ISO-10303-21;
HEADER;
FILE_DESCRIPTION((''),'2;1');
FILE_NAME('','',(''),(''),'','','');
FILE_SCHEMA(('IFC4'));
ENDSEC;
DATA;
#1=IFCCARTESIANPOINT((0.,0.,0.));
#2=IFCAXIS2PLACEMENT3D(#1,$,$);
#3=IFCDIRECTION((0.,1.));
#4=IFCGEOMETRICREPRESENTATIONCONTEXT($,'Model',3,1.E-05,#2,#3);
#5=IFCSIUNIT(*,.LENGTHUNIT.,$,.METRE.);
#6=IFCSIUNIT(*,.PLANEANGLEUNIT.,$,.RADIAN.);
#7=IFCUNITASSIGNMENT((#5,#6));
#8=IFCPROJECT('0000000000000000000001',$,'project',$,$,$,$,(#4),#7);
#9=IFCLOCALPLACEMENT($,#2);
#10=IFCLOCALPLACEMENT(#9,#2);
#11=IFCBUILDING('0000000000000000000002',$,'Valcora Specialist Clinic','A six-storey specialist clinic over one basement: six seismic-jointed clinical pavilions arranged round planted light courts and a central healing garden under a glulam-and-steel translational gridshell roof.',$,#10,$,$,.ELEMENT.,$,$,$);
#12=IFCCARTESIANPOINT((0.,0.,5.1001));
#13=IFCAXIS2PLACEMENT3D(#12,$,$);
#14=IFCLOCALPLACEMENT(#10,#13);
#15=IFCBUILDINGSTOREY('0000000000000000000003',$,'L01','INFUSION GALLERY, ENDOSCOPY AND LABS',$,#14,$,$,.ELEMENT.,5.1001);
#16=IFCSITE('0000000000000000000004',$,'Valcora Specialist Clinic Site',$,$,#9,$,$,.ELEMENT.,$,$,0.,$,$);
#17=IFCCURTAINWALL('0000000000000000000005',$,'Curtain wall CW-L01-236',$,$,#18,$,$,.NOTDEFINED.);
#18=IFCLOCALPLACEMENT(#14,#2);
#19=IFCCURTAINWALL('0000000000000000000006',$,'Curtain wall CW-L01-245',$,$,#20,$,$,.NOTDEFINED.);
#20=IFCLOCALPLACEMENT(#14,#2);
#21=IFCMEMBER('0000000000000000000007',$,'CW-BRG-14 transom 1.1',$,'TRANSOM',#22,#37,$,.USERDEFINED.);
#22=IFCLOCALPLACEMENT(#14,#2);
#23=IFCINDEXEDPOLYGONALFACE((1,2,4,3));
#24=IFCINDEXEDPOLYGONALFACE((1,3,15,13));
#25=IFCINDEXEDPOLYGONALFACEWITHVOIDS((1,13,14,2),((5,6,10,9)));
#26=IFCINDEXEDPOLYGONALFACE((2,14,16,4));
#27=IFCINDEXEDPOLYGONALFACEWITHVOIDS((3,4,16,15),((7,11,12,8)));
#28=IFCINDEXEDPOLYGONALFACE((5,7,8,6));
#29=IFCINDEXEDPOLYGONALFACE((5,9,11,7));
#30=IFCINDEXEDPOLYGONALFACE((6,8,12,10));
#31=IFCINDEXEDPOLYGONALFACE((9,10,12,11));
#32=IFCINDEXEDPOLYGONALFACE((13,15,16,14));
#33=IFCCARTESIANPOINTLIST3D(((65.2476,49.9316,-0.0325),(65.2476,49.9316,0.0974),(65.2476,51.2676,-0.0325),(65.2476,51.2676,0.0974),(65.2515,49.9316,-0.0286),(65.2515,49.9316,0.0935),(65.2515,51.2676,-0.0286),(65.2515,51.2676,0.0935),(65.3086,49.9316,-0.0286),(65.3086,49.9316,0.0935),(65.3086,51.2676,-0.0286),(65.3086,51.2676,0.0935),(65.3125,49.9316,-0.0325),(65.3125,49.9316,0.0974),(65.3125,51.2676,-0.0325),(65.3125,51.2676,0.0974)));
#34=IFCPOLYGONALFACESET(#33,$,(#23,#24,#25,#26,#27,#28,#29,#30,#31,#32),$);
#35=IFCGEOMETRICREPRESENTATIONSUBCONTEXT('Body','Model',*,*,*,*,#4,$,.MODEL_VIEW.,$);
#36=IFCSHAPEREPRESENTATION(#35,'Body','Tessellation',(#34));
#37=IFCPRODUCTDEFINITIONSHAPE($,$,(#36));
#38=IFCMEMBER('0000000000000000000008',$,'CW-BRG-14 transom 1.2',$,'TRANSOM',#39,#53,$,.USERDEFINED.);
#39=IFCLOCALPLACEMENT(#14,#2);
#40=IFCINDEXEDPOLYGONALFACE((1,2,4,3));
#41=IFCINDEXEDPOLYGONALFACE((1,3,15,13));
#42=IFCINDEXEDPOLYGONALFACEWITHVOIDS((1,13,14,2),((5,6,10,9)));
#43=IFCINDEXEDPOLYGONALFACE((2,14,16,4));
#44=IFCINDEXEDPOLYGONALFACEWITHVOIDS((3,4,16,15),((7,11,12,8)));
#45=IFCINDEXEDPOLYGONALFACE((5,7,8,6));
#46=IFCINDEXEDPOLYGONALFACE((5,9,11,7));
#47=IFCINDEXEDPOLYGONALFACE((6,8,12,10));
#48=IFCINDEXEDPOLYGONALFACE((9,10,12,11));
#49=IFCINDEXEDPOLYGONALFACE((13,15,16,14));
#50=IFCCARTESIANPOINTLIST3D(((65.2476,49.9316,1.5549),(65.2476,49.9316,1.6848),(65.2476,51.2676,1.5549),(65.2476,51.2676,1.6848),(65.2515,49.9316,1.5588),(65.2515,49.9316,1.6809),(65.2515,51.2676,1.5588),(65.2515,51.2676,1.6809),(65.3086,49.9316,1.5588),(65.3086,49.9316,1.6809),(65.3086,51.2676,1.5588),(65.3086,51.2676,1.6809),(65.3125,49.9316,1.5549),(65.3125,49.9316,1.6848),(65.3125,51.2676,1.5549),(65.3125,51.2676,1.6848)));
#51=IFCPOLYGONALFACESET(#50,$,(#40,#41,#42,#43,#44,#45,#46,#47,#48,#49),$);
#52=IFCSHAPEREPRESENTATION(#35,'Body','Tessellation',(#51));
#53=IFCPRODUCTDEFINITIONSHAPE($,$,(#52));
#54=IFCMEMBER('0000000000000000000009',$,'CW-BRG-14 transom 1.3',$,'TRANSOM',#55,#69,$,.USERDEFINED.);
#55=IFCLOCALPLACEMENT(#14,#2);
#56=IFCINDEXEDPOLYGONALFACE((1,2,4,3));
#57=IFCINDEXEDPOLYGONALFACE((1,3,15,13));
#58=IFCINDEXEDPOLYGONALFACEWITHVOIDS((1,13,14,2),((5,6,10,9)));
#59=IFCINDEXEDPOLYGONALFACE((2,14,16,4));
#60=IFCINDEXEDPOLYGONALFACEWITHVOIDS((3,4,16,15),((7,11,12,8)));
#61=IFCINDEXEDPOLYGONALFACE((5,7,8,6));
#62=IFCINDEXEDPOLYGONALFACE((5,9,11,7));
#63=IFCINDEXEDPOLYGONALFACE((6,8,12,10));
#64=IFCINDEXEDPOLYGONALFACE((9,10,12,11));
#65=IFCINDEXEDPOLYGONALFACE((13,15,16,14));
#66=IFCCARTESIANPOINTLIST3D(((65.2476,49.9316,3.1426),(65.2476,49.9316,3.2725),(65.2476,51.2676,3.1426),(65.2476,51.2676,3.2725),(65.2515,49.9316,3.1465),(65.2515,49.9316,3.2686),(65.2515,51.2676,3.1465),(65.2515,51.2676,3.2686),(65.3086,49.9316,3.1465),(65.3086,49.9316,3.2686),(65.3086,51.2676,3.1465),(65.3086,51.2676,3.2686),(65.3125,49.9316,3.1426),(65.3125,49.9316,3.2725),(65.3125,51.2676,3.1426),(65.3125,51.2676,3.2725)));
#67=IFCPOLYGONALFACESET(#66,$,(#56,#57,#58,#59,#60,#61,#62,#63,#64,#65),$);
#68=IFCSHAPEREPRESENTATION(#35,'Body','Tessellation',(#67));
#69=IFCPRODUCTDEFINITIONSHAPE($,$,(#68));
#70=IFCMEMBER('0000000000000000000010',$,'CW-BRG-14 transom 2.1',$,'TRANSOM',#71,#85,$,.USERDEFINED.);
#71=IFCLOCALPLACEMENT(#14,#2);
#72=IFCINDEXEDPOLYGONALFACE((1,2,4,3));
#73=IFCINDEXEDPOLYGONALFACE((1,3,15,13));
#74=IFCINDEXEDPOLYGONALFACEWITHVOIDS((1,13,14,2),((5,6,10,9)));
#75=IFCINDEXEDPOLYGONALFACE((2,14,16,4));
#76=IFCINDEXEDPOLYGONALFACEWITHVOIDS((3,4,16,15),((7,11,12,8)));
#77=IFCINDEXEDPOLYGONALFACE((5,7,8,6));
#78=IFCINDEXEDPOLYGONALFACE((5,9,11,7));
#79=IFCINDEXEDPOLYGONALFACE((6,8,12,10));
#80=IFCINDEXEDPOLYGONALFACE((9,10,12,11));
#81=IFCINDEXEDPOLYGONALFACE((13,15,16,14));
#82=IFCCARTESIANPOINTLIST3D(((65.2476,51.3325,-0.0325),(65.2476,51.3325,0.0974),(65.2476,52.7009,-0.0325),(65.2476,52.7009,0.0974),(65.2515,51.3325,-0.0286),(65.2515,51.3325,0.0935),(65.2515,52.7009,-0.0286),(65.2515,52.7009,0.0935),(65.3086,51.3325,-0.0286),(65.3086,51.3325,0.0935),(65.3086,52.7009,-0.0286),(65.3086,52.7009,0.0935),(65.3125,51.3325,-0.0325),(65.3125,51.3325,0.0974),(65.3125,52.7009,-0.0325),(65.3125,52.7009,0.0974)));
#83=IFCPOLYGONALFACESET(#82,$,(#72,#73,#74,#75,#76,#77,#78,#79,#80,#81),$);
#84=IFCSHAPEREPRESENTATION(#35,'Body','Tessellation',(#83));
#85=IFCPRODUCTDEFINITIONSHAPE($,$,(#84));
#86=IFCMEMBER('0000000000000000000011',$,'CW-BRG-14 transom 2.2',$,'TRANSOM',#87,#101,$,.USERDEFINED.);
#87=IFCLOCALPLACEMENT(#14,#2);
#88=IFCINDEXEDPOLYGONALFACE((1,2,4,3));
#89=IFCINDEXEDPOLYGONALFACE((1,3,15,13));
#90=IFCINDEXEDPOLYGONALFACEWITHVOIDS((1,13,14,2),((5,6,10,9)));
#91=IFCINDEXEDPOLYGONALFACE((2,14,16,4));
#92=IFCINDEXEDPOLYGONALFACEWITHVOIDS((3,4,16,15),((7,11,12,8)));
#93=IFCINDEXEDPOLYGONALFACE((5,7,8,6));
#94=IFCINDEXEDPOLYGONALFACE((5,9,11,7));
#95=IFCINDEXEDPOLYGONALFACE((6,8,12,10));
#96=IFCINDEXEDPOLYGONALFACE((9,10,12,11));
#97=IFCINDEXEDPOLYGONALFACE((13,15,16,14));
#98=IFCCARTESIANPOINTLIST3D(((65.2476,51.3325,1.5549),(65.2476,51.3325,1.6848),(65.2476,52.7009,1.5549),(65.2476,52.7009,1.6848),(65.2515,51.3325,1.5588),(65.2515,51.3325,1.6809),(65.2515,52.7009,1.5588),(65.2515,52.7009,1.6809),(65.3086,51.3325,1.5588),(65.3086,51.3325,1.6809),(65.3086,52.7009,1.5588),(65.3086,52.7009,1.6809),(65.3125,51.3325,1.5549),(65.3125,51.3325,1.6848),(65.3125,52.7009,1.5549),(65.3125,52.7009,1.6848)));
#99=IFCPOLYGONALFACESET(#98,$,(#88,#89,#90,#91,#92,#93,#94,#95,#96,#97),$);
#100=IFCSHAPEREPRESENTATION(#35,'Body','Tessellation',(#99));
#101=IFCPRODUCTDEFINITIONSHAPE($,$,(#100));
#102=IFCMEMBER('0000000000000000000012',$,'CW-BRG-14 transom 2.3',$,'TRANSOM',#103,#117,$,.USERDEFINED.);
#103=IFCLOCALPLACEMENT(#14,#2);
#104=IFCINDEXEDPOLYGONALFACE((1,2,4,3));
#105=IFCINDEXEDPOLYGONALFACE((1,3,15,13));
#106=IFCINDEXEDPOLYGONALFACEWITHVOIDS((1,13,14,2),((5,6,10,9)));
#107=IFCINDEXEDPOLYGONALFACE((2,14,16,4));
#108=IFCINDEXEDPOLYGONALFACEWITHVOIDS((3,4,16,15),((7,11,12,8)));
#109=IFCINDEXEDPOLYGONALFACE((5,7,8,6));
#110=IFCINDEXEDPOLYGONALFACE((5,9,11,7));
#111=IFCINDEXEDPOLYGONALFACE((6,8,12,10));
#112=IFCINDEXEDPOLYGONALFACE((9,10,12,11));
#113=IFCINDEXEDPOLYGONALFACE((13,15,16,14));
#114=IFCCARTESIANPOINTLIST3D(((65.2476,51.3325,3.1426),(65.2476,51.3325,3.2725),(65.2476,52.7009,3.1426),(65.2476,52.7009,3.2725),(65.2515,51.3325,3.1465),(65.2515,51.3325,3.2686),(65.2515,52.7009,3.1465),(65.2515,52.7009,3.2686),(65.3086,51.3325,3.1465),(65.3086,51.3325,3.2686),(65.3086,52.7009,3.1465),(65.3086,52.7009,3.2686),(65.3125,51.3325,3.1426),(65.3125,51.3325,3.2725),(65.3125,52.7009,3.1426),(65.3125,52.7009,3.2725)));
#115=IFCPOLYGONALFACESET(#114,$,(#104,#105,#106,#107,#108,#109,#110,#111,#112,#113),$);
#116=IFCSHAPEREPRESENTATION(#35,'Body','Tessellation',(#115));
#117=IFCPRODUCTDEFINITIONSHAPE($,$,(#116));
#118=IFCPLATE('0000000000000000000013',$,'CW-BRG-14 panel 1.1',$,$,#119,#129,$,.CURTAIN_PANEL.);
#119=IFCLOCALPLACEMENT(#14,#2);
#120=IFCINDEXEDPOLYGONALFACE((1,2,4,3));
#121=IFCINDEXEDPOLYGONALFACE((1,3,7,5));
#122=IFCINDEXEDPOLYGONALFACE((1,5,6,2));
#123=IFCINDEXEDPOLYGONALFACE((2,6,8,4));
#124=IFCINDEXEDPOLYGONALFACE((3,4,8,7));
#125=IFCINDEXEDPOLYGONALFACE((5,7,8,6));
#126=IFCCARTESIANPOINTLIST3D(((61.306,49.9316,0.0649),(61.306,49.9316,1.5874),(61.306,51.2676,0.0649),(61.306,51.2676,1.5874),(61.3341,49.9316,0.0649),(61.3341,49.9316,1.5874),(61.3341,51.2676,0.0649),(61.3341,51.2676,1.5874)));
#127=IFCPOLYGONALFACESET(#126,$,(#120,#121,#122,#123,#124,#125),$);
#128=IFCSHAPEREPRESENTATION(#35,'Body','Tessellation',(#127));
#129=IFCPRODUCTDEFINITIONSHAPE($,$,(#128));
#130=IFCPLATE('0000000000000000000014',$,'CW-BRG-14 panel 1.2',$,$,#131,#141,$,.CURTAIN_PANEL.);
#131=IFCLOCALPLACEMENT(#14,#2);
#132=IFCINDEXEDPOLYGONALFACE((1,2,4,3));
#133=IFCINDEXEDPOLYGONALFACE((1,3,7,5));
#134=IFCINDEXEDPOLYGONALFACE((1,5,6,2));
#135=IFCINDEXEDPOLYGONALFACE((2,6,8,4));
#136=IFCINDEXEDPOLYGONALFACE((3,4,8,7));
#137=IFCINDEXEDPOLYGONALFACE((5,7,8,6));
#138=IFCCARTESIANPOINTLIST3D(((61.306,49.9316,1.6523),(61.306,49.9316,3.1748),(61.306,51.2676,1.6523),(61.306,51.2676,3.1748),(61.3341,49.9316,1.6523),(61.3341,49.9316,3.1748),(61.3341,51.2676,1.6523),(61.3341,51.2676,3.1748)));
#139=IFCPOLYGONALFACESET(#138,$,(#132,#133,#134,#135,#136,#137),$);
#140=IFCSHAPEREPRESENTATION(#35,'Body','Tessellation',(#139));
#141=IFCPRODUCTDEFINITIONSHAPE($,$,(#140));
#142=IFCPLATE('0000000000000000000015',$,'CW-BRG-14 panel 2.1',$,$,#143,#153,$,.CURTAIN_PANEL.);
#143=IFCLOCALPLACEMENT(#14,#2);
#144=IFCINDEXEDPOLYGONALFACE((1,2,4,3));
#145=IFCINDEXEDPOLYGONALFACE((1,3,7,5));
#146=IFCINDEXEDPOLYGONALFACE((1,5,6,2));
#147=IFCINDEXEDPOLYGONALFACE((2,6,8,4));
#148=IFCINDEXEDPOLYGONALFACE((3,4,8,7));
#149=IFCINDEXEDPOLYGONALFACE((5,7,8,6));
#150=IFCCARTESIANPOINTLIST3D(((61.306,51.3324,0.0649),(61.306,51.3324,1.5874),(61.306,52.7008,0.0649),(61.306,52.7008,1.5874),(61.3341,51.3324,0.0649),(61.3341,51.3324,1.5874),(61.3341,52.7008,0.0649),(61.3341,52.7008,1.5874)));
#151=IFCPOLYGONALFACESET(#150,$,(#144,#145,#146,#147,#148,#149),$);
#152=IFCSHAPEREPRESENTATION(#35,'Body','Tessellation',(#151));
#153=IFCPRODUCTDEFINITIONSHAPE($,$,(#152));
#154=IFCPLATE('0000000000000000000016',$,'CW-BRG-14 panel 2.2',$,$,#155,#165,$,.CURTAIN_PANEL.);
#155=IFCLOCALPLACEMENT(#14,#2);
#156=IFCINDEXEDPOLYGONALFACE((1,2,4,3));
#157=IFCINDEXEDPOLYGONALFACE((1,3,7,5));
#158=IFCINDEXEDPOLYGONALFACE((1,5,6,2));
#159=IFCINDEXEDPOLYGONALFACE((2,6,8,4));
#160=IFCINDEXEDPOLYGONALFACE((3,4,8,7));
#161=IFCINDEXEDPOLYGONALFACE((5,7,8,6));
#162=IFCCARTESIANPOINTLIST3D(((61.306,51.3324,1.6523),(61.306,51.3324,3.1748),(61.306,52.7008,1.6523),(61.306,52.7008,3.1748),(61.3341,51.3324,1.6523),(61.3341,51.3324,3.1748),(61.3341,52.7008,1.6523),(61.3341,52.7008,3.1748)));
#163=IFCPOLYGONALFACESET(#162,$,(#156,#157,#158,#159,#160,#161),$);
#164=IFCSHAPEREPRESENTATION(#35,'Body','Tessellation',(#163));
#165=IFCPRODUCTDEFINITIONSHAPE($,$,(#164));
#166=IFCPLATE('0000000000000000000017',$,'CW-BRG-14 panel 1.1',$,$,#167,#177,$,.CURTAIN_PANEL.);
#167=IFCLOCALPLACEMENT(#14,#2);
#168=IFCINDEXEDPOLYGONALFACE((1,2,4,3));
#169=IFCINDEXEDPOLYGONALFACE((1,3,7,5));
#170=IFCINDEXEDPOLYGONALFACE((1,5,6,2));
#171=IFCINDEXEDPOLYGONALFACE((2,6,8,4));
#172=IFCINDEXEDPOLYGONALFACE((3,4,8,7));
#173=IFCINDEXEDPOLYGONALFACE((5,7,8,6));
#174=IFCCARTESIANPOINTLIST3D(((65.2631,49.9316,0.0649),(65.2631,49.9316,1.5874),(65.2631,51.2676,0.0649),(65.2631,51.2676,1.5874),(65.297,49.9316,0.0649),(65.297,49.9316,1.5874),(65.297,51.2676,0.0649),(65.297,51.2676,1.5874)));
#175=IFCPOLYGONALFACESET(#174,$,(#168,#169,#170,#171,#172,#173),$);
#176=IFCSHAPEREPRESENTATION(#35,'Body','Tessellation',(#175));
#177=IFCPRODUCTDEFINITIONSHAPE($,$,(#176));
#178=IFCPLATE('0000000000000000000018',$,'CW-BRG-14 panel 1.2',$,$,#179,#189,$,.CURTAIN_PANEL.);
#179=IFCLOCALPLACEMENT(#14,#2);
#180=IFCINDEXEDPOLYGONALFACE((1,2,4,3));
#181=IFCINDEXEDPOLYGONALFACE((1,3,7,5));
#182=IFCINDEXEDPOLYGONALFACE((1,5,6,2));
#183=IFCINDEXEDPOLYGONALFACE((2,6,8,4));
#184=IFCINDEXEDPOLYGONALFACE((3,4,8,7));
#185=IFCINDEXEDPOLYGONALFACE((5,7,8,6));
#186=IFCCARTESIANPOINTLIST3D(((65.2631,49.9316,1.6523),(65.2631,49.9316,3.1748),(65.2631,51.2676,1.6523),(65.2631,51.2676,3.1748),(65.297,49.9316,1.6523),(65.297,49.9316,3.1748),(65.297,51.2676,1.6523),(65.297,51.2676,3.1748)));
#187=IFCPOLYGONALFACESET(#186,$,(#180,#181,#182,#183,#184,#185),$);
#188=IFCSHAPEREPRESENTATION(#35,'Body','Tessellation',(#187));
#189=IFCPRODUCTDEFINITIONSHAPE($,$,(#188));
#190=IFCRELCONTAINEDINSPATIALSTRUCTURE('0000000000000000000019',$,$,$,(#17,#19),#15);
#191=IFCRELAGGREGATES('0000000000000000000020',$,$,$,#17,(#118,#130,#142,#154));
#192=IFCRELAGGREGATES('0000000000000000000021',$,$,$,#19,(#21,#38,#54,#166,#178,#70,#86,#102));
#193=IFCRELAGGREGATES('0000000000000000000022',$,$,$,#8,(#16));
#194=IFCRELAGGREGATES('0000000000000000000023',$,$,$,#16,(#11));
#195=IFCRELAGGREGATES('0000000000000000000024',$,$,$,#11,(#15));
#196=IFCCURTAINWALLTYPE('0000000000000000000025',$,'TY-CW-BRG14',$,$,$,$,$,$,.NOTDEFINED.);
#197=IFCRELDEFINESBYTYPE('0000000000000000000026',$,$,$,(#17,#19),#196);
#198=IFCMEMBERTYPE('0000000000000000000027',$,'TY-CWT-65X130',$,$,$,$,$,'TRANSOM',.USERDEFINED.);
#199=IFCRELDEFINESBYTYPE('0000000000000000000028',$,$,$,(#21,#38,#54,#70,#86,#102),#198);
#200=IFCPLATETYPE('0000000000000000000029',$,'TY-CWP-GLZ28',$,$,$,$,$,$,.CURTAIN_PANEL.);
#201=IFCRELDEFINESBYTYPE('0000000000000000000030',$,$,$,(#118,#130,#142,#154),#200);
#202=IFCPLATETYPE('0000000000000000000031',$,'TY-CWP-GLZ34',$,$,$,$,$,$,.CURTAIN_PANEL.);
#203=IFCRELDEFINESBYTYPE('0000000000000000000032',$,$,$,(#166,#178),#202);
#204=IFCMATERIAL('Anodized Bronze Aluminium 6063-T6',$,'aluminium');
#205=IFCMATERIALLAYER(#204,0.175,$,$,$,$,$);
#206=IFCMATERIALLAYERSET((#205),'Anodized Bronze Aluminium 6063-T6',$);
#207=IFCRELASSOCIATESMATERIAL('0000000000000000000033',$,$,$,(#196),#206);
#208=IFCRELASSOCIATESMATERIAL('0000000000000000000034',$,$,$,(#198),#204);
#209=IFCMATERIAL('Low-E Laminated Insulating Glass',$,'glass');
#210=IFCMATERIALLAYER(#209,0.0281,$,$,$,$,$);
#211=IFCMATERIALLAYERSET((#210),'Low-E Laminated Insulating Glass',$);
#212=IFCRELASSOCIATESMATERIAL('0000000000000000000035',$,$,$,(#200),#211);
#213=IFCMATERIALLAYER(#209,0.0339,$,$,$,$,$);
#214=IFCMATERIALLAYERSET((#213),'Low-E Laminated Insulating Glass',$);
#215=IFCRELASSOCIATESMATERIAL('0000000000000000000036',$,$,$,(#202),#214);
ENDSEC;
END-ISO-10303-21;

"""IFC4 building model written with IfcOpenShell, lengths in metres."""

from ifc_helpers import new_model, si_unit, direction, frame, origin, origin_2d, place, context, subcontext, project, spatial, rectangle, hollow_rectangle, extrude, material, layer, layer_set, material_profile, profile_set, type_object, element, aggregate, save


model = new_model("IFC4")

# Units and contexts
model_context = context("Model", 3, precision=1e-05, world=origin(), true_north=direction((0.0, 1.0)))
body_context = subcontext(model_context, "Body", "Model", "MODEL_VIEW")
ifc_project = project(units=[si_unit("LENGTHUNIT", "METRE"), si_unit("PLANEANGLEUNIT", "RADIAN")], contexts=[model_context])

# Site, building, storey
site_placement = place(None, origin())
site = spatial("IfcSite", under=ifc_project, at=site_placement, Name="Valcora Specialist Clinic Site", CompositionType="ELEMENT", RefElevation=0.0)
building_placement = place(site_placement, origin())
building = spatial("IfcBuilding", under=site, at=building_placement, Name="Valcora Specialist Clinic", Description="A six-storey specialist clinic over one basement: six seismic-jointed clinical pavilions arranged round planted light courts and a central healing garden under a glulam-and-steel translational gridshell roof.", CompositionType="ELEMENT")
storey_placement = place(building_placement, frame((0.0, 0.0, 5.1001)))
storey = spatial("IfcBuildingStorey", under=building, at=storey_placement, Name="L01", Description="INFUSION GALLERY, ENDOSCOPY AND LABS", CompositionType="ELEMENT", Elevation=5.1001)

# Curtain wall
ifc_material_1 = material(Name="Anodized Bronze Aluminium 6063-T6", Category="aluminium")
ifc_layer_1 = layer(ifc_material_1, 0.175)
ifc_layer_set_1 = layer_set([ifc_layer_1], Name="Anodized Bronze Aluminium 6063-T6")
curtain_wall_type = type_object("IfcCurtainWallType", Name="TY-CW-BRG14", PredefinedType="NOTDEFINED", material=ifc_layer_set_1)
curtain_wall_1_placement = place(storey_placement, origin())
curtain_wall_1 = element("IfcCurtainWall", 1, at=curtain_wall_1_placement, inside=storey, type_object=curtain_wall_type, Name="Curtain wall CW-L01-236", PredefinedType="NOTDEFINED")

# Curtain wall
curtain_wall_2_placement = place(storey_placement, origin())
curtain_wall_2 = element("IfcCurtainWall", 2, at=curtain_wall_2_placement, inside=storey, type_object=curtain_wall_type, Name="Curtain wall CW-L01-245", PredefinedType="NOTDEFINED")

# Members
ifc_material_profile_1 = material_profile(ifc_material_1, hollow_rectangle(XDim=0.0649, YDim=0.1299, WallThickness=0.0039, at=origin_2d()), Name="AL-TRN-65X130")
ifc_profile_set_1 = profile_set([ifc_material_profile_1], Name="Anodized Bronze Aluminium 6063-T6")
member_type_1 = type_object("IfcMemberType", Name="TY-CWT-65X130", ElementType="TRANSOM", PredefinedType="USERDEFINED", material=ifc_profile_set_1)
member_1_placement = place(storey_placement, frame((65.28, 49.9316, 0.0325), z_axis=(0.0, 1.0, 0.0), x_axis=(-1.0, 0.0, 0.0)))
member_1 = element("IfcMember", 3, at=member_1_placement, type_object=member_type_1, Name="CW-BRG-14 transom 1.1", ObjectType="TRANSOM", PredefinedType="USERDEFINED", context=body_context, shape_type="SweptSolid", body=[
    extrude(hollow_rectangle(XDim=0.0649, YDim=0.1299, WallThickness=0.0039, at=origin_2d()), origin(), (0.0, 0.0, 1.0), 1.3359),
])
member_2_placement = place(storey_placement, frame((65.28, 49.9316, 1.6199), z_axis=(0.0, 1.0, 0.0), x_axis=(-1.0, 0.0, 0.0)))
member_2 = element("IfcMember", 4, at=member_2_placement, type_object=member_type_1, Name="CW-BRG-14 transom 1.2", ObjectType="TRANSOM", PredefinedType="USERDEFINED", context=body_context, shape_type="SweptSolid", body=[
    extrude(hollow_rectangle(XDim=0.0649, YDim=0.1299, WallThickness=0.0039, at=origin_2d()), origin(), (0.0, 0.0, 1.0), 1.3359),
])
member_3_placement = place(storey_placement, frame((65.28, 49.9316, 3.2075), z_axis=(0.0, 1.0, 0.0), x_axis=(-1.0, 0.0, 0.0)))
member_3 = element("IfcMember", 5, at=member_3_placement, type_object=member_type_1, Name="CW-BRG-14 transom 1.3", ObjectType="TRANSOM", PredefinedType="USERDEFINED", context=body_context, shape_type="SweptSolid", body=[
    extrude(hollow_rectangle(XDim=0.0649, YDim=0.1299, WallThickness=0.0039, at=origin_2d()), origin(), (0.0, 0.0, 1.0), 1.3359),
])
member_4_placement = place(storey_placement, frame((65.28, 51.3325, 0.0325), z_axis=(0.0, 1.0, 0.0), x_axis=(-1.0, 0.0, 0.0)))
member_4 = element("IfcMember", 6, at=member_4_placement, type_object=member_type_1, Name="CW-BRG-14 transom 2.1", ObjectType="TRANSOM", PredefinedType="USERDEFINED", context=body_context, shape_type="SweptSolid", body=[
    extrude(hollow_rectangle(XDim=0.0649, YDim=0.1299, WallThickness=0.0039, at=origin_2d()), origin(), (0.0, 0.0, 1.0), 1.3684),
])
member_5_placement = place(storey_placement, frame((65.28, 51.3325, 1.6199), z_axis=(0.0, 1.0, 0.0), x_axis=(-1.0, 0.0, 0.0)))
member_5 = element("IfcMember", 7, at=member_5_placement, type_object=member_type_1, Name="CW-BRG-14 transom 2.2", ObjectType="TRANSOM", PredefinedType="USERDEFINED", context=body_context, shape_type="SweptSolid", body=[
    extrude(hollow_rectangle(XDim=0.0649, YDim=0.1299, WallThickness=0.0039, at=origin_2d()), origin(), (0.0, 0.0, 1.0), 1.3684),
])
member_6_placement = place(storey_placement, frame((65.28, 51.3325, 3.2075), z_axis=(0.0, 1.0, 0.0), x_axis=(-1.0, 0.0, 0.0)))
member_6 = element("IfcMember", 8, at=member_6_placement, type_object=member_type_1, Name="CW-BRG-14 transom 2.3", ObjectType="TRANSOM", PredefinedType="USERDEFINED", context=body_context, shape_type="SweptSolid", body=[
    extrude(hollow_rectangle(XDim=0.0649, YDim=0.1299, WallThickness=0.0039, at=origin_2d()), origin(), (0.0, 0.0, 1.0), 1.3684),
])

# Plates
ifc_material_2 = material(Name="Low-E Laminated Insulating Glass", Category="glass")
ifc_layer_2 = layer(ifc_material_2, 0.0281)
ifc_layer_set_2 = layer_set([ifc_layer_2], Name="Low-E Laminated Insulating Glass")
plate_type_1 = type_object("IfcPlateType", Name="TY-CWP-GLZ28", PredefinedType="CURTAIN_PANEL", material=ifc_layer_set_2)
plate_1_placement = place(storey_placement, frame((61.3201, 50.5996, 0.0649), z_axis=(0.0, 0.0, 1.0), x_axis=(0.0, 1.0, 0.0)))
plate_1 = element("IfcPlate", 9, at=plate_1_placement, type_object=plate_type_1, Name="CW-BRG-14 panel 1.1", PredefinedType="CURTAIN_PANEL", context=body_context, shape_type="SweptSolid", body=[
    extrude(rectangle(XDim=1.3359, YDim=0.0281, at=origin_2d()), origin(), (0.0, 0.0, 1.0), 1.5225),
])
plate_2_placement = place(storey_placement, frame((61.3201, 50.5996, 1.6523), z_axis=(0.0, 0.0, 1.0), x_axis=(0.0, 1.0, 0.0)))
plate_2 = element("IfcPlate", 10, at=plate_2_placement, type_object=plate_type_1, Name="CW-BRG-14 panel 1.2", PredefinedType="CURTAIN_PANEL", context=body_context, shape_type="SweptSolid", body=[
    extrude(rectangle(XDim=1.3359, YDim=0.0281, at=origin_2d()), origin(), (0.0, 0.0, 1.0), 1.5225),
])
plate_3_placement = place(storey_placement, frame((61.3201, 52.0166, 0.0649), z_axis=(0.0, 0.0, 1.0), x_axis=(0.0, 1.0, 0.0)))
plate_3 = element("IfcPlate", 11, at=plate_3_placement, type_object=plate_type_1, Name="CW-BRG-14 panel 2.1", PredefinedType="CURTAIN_PANEL", context=body_context, shape_type="SweptSolid", body=[
    extrude(rectangle(XDim=1.3684, YDim=0.0281, at=origin_2d()), origin(), (0.0, 0.0, 1.0), 1.5225),
])
plate_4_placement = place(storey_placement, frame((61.3201, 52.0166, 1.6523), z_axis=(0.0, 0.0, 1.0), x_axis=(0.0, 1.0, 0.0)))
plate_4 = element("IfcPlate", 12, at=plate_4_placement, type_object=plate_type_1, Name="CW-BRG-14 panel 2.2", PredefinedType="CURTAIN_PANEL", context=body_context, shape_type="SweptSolid", body=[
    extrude(rectangle(XDim=1.3684, YDim=0.0281, at=origin_2d()), origin(), (0.0, 0.0, 1.0), 1.5225),
])
aggregate(curtain_wall_1, [plate_1, plate_2, plate_3, plate_4])
ifc_layer_3 = layer(ifc_material_2, 0.0339)
ifc_layer_set_3 = layer_set([ifc_layer_3], Name="Low-E Laminated Insulating Glass")
plate_type_2 = type_object("IfcPlateType", Name="TY-CWP-GLZ34", PredefinedType="CURTAIN_PANEL", material=ifc_layer_set_3)
plate_5_placement = place(storey_placement, frame((65.28, 50.5996, 0.0649), z_axis=(0.0, 0.0, 1.0), x_axis=(0.0, 1.0, 0.0)))
plate_5 = element("IfcPlate", 13, at=plate_5_placement, type_object=plate_type_2, Name="CW-BRG-14 panel 1.1", PredefinedType="CURTAIN_PANEL", context=body_context, shape_type="SweptSolid", body=[
    extrude(rectangle(XDim=1.3359, YDim=0.0339, at=origin_2d()), origin(), (0.0, 0.0, 1.0), 1.5225),
])
plate_6_placement = place(storey_placement, frame((65.28, 50.5996, 1.6523), z_axis=(0.0, 0.0, 1.0), x_axis=(0.0, 1.0, 0.0)))
plate_6 = element("IfcPlate", 14, at=plate_6_placement, type_object=plate_type_2, Name="CW-BRG-14 panel 1.2", PredefinedType="CURTAIN_PANEL", context=body_context, shape_type="SweptSolid", body=[
    extrude(rectangle(XDim=1.3359, YDim=0.0339, at=origin_2d()), origin(), (0.0, 0.0, 1.0), 1.5225),
])
aggregate(curtain_wall_2, [member_1, member_2, member_3, plate_5, plate_6, member_4, member_5, member_6])

save(model, "model.ifc")
